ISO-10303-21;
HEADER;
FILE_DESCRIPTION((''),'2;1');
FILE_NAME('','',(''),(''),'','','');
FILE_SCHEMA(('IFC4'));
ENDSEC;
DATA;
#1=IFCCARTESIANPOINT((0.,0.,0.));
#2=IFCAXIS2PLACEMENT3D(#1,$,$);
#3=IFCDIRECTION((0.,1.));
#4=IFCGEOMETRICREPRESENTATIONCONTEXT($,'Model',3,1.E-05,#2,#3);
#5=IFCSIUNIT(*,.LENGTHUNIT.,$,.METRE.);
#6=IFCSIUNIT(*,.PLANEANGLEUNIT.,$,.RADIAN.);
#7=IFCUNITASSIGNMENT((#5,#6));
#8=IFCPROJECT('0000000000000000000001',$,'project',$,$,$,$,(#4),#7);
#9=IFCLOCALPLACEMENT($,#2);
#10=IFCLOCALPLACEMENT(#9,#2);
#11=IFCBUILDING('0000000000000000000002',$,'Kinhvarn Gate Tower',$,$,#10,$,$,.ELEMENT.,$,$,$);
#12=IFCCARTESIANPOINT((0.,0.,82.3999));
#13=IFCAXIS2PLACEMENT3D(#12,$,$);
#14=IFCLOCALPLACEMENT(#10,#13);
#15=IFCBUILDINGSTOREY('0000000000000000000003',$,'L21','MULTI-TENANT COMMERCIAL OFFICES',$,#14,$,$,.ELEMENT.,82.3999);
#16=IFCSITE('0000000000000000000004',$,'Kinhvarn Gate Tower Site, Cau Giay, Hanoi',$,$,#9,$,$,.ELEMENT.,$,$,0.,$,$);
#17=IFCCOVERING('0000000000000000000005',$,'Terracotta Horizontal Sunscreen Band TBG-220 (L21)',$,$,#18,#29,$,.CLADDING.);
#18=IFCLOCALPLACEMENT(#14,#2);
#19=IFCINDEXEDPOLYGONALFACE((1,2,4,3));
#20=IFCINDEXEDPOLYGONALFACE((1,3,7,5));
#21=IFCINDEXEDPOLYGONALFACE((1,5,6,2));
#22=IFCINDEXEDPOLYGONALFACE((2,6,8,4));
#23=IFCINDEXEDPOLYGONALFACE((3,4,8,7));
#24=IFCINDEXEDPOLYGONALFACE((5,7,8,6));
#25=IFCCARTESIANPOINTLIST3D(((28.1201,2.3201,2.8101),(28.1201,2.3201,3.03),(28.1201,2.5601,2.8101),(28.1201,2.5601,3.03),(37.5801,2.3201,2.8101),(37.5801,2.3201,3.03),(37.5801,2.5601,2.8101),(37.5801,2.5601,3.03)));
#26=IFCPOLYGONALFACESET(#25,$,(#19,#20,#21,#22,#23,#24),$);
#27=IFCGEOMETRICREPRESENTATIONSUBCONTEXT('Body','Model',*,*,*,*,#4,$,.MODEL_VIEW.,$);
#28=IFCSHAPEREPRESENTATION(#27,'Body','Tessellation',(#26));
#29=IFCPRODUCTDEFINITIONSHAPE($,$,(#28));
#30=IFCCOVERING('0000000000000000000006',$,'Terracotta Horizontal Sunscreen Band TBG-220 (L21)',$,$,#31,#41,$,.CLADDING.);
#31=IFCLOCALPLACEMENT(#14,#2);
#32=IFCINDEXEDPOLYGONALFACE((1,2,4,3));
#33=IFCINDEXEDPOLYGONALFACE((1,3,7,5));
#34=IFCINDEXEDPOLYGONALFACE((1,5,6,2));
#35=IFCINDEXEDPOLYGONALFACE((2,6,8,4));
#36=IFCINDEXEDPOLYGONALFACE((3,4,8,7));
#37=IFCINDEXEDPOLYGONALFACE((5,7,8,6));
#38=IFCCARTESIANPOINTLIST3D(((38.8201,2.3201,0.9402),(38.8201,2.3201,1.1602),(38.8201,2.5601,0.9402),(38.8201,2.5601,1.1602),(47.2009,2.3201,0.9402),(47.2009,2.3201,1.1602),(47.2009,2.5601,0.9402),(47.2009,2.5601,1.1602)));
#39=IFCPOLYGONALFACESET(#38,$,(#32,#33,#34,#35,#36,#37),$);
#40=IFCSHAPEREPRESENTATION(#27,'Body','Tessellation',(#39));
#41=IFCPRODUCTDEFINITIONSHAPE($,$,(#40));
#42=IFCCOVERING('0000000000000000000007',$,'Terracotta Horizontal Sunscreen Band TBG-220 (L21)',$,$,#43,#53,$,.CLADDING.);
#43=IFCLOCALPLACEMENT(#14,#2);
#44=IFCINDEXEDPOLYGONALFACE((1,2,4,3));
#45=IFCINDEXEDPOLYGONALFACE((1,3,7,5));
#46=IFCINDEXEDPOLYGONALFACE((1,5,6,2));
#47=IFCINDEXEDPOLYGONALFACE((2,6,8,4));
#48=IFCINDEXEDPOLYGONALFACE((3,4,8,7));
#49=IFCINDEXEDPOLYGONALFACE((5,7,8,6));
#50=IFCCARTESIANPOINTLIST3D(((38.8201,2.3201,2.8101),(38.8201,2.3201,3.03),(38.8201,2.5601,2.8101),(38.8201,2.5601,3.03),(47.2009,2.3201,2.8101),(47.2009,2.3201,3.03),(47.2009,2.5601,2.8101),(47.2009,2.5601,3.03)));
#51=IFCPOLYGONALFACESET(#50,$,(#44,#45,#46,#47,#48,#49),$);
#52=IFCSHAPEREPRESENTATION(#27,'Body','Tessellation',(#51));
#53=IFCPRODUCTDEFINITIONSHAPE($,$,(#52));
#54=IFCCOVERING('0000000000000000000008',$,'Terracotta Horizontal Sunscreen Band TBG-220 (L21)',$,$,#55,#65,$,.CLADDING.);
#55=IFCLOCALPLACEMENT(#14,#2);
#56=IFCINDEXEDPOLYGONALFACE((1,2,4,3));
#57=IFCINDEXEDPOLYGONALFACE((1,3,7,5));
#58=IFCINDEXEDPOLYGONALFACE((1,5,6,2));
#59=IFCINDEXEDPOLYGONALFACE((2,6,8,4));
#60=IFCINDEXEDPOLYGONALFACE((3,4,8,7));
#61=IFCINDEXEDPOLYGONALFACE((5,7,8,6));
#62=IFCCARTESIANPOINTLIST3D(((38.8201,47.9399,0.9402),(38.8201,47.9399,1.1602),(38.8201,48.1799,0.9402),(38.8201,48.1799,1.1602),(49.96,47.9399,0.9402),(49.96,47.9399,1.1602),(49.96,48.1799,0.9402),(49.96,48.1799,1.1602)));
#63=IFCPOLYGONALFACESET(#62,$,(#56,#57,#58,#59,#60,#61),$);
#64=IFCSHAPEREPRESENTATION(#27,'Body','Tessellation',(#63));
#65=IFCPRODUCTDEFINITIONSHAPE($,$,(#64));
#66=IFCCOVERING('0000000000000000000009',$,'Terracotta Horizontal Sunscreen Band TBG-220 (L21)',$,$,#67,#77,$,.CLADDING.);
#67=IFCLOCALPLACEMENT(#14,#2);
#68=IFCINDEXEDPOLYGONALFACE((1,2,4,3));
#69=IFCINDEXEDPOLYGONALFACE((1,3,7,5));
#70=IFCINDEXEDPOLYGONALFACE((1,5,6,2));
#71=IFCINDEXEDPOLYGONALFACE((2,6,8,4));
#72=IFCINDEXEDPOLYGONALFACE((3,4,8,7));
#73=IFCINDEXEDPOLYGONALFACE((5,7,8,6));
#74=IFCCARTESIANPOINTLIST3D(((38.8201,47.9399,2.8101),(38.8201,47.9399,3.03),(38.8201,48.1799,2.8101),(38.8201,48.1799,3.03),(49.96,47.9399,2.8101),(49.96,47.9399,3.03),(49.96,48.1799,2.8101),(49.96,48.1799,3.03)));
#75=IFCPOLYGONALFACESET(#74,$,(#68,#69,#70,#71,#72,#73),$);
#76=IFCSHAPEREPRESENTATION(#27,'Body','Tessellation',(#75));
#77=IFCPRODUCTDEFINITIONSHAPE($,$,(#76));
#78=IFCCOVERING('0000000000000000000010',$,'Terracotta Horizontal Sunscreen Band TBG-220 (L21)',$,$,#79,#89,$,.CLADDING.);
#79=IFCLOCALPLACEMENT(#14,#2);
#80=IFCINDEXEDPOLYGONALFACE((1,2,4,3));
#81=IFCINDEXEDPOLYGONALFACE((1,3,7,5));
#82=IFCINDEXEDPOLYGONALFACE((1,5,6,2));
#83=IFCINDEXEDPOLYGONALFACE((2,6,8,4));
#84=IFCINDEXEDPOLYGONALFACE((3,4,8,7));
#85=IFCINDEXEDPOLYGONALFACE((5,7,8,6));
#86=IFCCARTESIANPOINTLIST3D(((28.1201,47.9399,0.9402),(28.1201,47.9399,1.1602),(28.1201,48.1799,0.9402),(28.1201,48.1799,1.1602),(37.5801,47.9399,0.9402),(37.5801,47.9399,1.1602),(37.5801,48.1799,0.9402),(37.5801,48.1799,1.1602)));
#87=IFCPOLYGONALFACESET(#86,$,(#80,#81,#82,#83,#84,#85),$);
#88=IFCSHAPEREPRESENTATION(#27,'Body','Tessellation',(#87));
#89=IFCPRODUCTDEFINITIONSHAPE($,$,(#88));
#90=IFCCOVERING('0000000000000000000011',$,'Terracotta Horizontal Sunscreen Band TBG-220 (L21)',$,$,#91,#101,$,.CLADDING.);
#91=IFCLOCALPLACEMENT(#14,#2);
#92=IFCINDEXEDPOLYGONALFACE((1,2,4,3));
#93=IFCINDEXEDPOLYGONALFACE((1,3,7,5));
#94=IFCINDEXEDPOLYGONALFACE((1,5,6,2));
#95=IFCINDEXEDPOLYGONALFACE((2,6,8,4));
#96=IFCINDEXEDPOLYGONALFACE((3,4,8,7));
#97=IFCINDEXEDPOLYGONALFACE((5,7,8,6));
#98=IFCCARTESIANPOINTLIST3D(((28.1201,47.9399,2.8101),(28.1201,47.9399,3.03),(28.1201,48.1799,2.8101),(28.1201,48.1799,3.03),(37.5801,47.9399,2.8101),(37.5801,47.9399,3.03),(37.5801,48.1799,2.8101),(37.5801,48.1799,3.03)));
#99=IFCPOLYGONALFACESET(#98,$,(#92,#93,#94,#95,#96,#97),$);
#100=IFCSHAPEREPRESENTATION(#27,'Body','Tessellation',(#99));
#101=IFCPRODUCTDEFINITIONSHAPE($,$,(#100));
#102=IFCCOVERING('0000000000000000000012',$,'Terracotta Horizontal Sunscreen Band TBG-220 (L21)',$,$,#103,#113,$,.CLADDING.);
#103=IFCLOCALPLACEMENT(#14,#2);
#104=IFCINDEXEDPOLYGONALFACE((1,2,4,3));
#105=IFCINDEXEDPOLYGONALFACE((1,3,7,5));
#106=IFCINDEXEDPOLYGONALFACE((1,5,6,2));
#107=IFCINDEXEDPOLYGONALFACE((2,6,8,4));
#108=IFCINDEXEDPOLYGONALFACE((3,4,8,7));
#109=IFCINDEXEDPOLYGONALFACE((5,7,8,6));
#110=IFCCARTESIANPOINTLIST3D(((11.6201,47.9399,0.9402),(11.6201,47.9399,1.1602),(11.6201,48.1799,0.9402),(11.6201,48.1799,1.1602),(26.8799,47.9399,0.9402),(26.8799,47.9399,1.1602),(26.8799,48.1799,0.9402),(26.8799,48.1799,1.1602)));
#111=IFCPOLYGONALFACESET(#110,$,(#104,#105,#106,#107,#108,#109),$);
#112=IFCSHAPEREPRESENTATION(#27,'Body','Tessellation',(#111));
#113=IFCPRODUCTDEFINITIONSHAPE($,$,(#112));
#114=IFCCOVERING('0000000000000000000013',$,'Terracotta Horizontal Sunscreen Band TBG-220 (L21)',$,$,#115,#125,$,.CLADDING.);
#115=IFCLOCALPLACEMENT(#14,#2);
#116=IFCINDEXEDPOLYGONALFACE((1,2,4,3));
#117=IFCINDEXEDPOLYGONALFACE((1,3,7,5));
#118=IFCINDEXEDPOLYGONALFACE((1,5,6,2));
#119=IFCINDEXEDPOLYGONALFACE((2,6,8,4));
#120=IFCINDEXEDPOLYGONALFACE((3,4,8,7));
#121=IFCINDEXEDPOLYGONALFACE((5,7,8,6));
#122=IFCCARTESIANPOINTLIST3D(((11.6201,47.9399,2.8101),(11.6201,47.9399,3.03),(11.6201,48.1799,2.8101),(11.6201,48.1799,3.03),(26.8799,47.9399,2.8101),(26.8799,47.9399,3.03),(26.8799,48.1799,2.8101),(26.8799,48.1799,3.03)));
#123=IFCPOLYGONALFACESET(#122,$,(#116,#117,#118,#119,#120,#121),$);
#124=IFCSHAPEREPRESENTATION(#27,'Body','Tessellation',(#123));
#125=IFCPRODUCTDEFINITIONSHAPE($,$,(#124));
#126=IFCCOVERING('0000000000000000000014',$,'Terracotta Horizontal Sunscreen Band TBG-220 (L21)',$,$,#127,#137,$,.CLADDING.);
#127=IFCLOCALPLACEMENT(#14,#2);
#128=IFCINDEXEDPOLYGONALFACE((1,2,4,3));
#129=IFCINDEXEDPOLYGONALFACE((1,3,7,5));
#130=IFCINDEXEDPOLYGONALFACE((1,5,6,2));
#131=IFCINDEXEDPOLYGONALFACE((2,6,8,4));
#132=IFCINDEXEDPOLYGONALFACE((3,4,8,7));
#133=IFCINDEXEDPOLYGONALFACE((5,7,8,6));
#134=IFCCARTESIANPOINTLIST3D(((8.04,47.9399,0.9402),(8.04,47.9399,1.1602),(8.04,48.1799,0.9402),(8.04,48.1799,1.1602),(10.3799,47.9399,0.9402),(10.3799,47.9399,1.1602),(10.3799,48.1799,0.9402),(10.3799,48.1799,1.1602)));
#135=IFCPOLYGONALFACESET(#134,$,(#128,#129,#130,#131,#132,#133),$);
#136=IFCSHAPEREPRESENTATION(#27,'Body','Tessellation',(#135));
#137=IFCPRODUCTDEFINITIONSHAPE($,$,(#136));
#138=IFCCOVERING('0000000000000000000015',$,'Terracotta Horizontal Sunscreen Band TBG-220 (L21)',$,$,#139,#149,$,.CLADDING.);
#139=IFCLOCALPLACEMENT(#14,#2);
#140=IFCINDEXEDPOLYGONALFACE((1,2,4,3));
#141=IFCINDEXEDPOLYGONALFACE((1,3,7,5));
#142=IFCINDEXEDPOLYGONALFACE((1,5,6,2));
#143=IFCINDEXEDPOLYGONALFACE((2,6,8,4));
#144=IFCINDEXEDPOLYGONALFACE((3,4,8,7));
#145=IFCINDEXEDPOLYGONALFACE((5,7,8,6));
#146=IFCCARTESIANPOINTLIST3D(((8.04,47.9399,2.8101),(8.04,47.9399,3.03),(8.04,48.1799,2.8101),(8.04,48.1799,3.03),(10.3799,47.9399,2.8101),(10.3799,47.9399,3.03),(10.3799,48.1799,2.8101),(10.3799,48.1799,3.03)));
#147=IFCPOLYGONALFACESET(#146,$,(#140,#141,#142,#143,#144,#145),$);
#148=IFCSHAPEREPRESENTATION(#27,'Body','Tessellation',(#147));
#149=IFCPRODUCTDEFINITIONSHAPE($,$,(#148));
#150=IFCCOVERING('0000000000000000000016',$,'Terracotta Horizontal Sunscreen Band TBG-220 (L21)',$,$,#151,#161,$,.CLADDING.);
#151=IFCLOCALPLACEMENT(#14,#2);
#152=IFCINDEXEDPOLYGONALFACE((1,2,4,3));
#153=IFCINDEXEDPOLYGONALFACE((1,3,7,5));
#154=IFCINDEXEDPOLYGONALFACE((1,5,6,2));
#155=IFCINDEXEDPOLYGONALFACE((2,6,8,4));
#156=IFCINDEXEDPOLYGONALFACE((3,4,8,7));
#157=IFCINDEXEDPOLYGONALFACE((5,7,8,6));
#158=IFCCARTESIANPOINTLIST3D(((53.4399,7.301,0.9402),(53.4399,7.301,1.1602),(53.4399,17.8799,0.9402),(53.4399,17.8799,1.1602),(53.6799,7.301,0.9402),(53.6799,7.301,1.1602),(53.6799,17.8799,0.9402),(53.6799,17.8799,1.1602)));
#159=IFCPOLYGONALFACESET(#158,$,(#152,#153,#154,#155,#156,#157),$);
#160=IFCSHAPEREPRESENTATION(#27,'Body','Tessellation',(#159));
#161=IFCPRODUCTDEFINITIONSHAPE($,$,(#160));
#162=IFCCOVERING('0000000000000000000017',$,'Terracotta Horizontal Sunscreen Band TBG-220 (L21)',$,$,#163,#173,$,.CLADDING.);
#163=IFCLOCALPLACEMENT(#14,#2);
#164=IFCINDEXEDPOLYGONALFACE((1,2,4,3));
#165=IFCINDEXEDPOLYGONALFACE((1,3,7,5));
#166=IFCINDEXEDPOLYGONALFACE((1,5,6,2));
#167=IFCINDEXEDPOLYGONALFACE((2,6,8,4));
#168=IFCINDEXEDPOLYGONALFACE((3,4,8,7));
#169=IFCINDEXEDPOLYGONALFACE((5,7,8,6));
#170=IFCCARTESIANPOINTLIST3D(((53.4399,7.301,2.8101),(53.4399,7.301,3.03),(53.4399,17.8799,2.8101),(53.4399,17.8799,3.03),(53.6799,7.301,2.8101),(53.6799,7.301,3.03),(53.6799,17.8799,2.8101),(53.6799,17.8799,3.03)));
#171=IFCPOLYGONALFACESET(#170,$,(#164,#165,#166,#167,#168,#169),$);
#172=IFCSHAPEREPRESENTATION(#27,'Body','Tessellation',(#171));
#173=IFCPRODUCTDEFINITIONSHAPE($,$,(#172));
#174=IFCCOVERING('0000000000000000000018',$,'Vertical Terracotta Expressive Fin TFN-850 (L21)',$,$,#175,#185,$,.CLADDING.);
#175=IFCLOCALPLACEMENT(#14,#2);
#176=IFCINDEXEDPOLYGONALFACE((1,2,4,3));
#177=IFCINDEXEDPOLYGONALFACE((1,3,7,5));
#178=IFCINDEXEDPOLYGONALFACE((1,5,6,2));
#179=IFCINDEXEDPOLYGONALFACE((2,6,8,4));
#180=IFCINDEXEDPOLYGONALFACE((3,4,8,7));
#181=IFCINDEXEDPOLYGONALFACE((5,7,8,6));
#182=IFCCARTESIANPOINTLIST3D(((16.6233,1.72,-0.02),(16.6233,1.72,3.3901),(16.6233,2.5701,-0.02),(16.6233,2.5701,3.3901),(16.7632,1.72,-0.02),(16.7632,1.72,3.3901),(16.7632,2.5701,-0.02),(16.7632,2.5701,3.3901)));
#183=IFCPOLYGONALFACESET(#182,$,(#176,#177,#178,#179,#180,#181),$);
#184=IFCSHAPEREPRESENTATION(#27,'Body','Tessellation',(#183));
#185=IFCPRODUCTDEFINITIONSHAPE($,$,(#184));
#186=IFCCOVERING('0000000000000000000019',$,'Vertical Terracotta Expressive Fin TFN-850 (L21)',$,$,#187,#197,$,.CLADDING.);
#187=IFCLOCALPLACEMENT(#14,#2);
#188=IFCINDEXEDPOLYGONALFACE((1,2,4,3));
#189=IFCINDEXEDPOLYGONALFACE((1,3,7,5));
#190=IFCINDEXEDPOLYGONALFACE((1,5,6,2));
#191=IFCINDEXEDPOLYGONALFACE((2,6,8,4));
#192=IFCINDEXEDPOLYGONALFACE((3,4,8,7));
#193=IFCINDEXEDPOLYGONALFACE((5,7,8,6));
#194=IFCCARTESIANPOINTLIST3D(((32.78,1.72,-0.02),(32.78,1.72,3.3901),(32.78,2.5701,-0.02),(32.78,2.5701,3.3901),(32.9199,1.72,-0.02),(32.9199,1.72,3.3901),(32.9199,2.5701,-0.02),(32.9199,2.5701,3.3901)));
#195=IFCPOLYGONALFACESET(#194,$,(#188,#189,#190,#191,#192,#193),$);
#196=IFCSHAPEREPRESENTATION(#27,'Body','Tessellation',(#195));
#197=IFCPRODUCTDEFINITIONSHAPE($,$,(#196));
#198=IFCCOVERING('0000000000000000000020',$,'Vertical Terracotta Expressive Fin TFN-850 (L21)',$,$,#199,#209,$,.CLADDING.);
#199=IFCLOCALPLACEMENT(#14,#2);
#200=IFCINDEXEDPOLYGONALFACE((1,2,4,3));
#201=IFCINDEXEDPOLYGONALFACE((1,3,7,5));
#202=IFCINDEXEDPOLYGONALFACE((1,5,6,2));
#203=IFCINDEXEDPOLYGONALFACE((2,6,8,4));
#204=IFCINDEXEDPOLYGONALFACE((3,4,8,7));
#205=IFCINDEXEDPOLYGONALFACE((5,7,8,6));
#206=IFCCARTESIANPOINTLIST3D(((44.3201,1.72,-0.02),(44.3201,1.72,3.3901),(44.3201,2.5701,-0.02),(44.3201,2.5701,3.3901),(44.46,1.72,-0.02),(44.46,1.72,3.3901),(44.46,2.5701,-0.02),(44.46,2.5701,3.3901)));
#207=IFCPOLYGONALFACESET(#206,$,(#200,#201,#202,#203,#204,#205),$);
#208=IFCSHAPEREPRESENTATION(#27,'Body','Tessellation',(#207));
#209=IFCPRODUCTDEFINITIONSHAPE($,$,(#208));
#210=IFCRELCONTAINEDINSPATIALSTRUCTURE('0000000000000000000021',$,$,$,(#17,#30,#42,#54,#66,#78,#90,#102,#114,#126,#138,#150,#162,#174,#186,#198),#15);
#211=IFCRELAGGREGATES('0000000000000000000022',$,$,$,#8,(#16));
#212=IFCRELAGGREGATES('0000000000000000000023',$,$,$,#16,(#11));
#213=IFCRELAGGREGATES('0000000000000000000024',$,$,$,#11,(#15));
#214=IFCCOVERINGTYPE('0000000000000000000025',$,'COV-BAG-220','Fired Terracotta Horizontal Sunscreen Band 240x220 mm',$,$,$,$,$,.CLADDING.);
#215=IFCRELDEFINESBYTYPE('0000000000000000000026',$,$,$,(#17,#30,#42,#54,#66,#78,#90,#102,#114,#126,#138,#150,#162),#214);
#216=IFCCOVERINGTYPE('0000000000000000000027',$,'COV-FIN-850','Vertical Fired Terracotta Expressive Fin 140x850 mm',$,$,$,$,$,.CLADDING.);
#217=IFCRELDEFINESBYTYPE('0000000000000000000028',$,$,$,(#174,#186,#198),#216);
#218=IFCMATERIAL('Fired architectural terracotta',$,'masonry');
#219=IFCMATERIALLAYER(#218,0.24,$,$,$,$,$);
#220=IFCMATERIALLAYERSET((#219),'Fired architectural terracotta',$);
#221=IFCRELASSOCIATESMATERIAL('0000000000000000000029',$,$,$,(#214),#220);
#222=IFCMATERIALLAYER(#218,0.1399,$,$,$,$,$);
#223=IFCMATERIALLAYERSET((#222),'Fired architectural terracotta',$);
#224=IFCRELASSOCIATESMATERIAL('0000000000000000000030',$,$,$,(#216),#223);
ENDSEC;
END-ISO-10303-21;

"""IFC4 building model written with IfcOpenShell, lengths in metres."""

from ifc_helpers import new_model, si_unit, direction, frame, origin, place, context, subcontext, project, spatial, polyline, outline, extrude, material, layer, layer_set, type_object, element, save


model = new_model("IFC4")

# Units and contexts
model_context = context("Model", 3, precision=1e-05, world=origin(), true_north=direction((0.0, 1.0)))
body_context = subcontext(model_context, "Body", "Model", "MODEL_VIEW")
ifc_project = project(units=[si_unit("LENGTHUNIT", "METRE"), si_unit("PLANEANGLEUNIT", "RADIAN")], contexts=[model_context])

# Site, building, storey
site_placement = place(None, origin())
site = spatial("IfcSite", under=ifc_project, at=site_placement, Name="Kinhvarn Gate Tower Site, Cau Giay, Hanoi", CompositionType="ELEMENT", RefElevation=0.0)
building_placement = place(site_placement, origin())
building = spatial("IfcBuilding", under=site, at=building_placement, Name="Kinhvarn Gate Tower", CompositionType="ELEMENT")
storey_placement = place(building_placement, frame((0.0, 0.0, 82.3999)))
storey = spatial("IfcBuildingStorey", under=building, at=storey_placement, Name="L21", Description="MULTI-TENANT COMMERCIAL OFFICES", CompositionType="ELEMENT", Elevation=82.3999)

# Coverings
ifc_material_1 = material(Name="Fired architectural terracotta", Category="masonry")
ifc_layer_1 = layer(ifc_material_1, 0.24)
ifc_layer_set_1 = layer_set([ifc_layer_1], Name="Fired architectural terracotta")
covering_type_1 = type_object("IfcCoveringType", Name="COV-BAG-220", Description="Fired Terracotta Horizontal Sunscreen Band 240x220 mm", PredefinedType="CLADDING", material=ifc_layer_set_1)
for number, where, name in (
    (1, (0.0, 0.0, 2.8101), "Terracotta Horizontal Sunscreen Band TBG-220 (L21)"),
):
    element("IfcCovering", number, at=place(storey_placement, frame(where)), inside=storey, type_object=covering_type_1, Name=name, PredefinedType="CLADDING", context=body_context, shape_type="SweptSolid", body=[
        extrude(outline(polyline([(28.1201, 2.5601), (37.5801, 2.5601), (37.5801, 2.3201), (28.1201, 2.3201), (28.1201, 2.5601)])), origin(), (0.0, 0.0, 1.0), 0.22),
    ])
for number, where, name in (
    (2, (0.0, 0.0, 0.9402), "Terracotta Horizontal Sunscreen Band TBG-220 (L21)"),
    (3, (0.0, 0.0, 2.8101), "Terracotta Horizontal Sunscreen Band TBG-220 (L21)"),
):
    element("IfcCovering", number, at=place(storey_placement, frame(where)), inside=storey, type_object=covering_type_1, Name=name, PredefinedType="CLADDING", context=body_context, shape_type="SweptSolid", body=[
        extrude(outline(polyline([(38.8201, 2.5601), (47.2009, 2.5601), (47.2009, 2.3201), (38.8201, 2.3201), (38.8201, 2.5601)])), origin(), (0.0, 0.0, 1.0), 0.22),
    ])
for number, where, name in (
    (4, (0.0, 0.0, 0.9402), "Terracotta Horizontal Sunscreen Band TBG-220 (L21)"),
    (5, (0.0, 0.0, 2.8101), "Terracotta Horizontal Sunscreen Band TBG-220 (L21)"),
):
    element("IfcCovering", number, at=place(storey_placement, frame(where)), inside=storey, type_object=covering_type_1, Name=name, PredefinedType="CLADDING", context=body_context, shape_type="SweptSolid", body=[
        extrude(outline(polyline([(49.96, 47.9399), (38.8201, 47.9399), (38.8201, 48.1799), (49.96, 48.1799), (49.96, 47.9399)])), origin(), (0.0, 0.0, 1.0), 0.22),
    ])
for number, where, name in (
    (6, (0.0, 0.0, 0.9402), "Terracotta Horizontal Sunscreen Band TBG-220 (L21)"),
    (7, (0.0, 0.0, 2.8101), "Terracotta Horizontal Sunscreen Band TBG-220 (L21)"),
):
    element("IfcCovering", number, at=place(storey_placement, frame(where)), inside=storey, type_object=covering_type_1, Name=name, PredefinedType="CLADDING", context=body_context, shape_type="SweptSolid", body=[
        extrude(outline(polyline([(37.5801, 47.9399), (28.1201, 47.9399), (28.1201, 48.1799), (37.5801, 48.1799), (37.5801, 47.9399)])), origin(), (0.0, 0.0, 1.0), 0.22),
    ])
for number, where, name in (
    (8, (0.0, 0.0, 0.9402), "Terracotta Horizontal Sunscreen Band TBG-220 (L21)"),
    (9, (0.0, 0.0, 2.8101), "Terracotta Horizontal Sunscreen Band TBG-220 (L21)"),
):
    element("IfcCovering", number, at=place(storey_placement, frame(where)), inside=storey, type_object=covering_type_1, Name=name, PredefinedType="CLADDING", context=body_context, shape_type="SweptSolid", body=[
        extrude(outline(polyline([(26.8799, 47.9399), (11.6201, 47.9399), (11.6201, 48.1799), (26.8799, 48.1799), (26.8799, 47.9399)])), origin(), (0.0, 0.0, 1.0), 0.22),
    ])
for number, where, name in (
    (10, (0.0, 0.0, 0.9402), "Terracotta Horizontal Sunscreen Band TBG-220 (L21)"),
    (11, (0.0, 0.0, 2.8101), "Terracotta Horizontal Sunscreen Band TBG-220 (L21)"),
):
    element("IfcCovering", number, at=place(storey_placement, frame(where)), inside=storey, type_object=covering_type_1, Name=name, PredefinedType="CLADDING", context=body_context, shape_type="SweptSolid", body=[
        extrude(outline(polyline([(10.3799, 47.9399), (8.04, 47.9399), (8.04, 48.1799), (10.3799, 48.1799), (10.3799, 47.9399)])), origin(), (0.0, 0.0, 1.0), 0.22),
    ])
for number, where, name in (
    (12, (0.0, 0.0, 0.9402), "Terracotta Horizontal Sunscreen Band TBG-220 (L21)"),
    (13, (0.0, 0.0, 2.8101), "Terracotta Horizontal Sunscreen Band TBG-220 (L21)"),
):
    element("IfcCovering", number, at=place(storey_placement, frame(where)), inside=storey, type_object=covering_type_1, Name=name, PredefinedType="CLADDING", context=body_context, shape_type="SweptSolid", body=[
        extrude(outline(polyline([(53.4399, 7.301), (53.4399, 17.8799), (53.6799, 17.8799), (53.6799, 7.301), (53.4399, 7.301)])), origin(), (0.0, 0.0, 1.0), 0.22),
    ])
ifc_layer_2 = layer(ifc_material_1, 0.1399)
ifc_layer_set_2 = layer_set([ifc_layer_2], Name="Fired architectural terracotta")
covering_type_2 = type_object("IfcCoveringType", Name="COV-FIN-850", Description="Vertical Fired Terracotta Expressive Fin 140x850 mm", PredefinedType="CLADDING", material=ifc_layer_set_2)
covering_1_placement = place(storey_placement, frame((0.0, 0.0, -0.02)))
element("IfcCovering", 14, at=covering_1_placement, inside=storey, type_object=covering_type_2, Name="Vertical Terracotta Expressive Fin TFN-850 (L21)", PredefinedType="CLADDING", context=body_context, shape_type="SweptSolid", body=[
    extrude(outline(polyline([(16.6233, 2.5701), (16.7632, 2.5701), (16.7632, 1.72), (16.6233, 1.72), (16.6233, 2.5701)])), origin(), (0.0, 0.0, 1.0), 3.4102),
])
covering_2_placement = place(storey_placement, frame((0.0, 0.0, -0.02)))
element("IfcCovering", 15, at=covering_2_placement, inside=storey, type_object=covering_type_2, Name="Vertical Terracotta Expressive Fin TFN-850 (L21)", PredefinedType="CLADDING", context=body_context, shape_type="SweptSolid", body=[
    extrude(outline(polyline([(32.78, 2.5701), (32.9199, 2.5701), (32.9199, 1.72), (32.78, 1.72), (32.78, 2.5701)])), origin(), (0.0, 0.0, 1.0), 3.4102),
])
covering_3_placement = place(storey_placement, frame((0.0, 0.0, -0.02)))
element("IfcCovering", 16, at=covering_3_placement, inside=storey, type_object=covering_type_2, Name="Vertical Terracotta Expressive Fin TFN-850 (L21)", PredefinedType="CLADDING", context=body_context, shape_type="SweptSolid", body=[
    extrude(outline(polyline([(44.3201, 2.5701), (44.46, 2.5701), (44.46, 1.72), (44.3201, 1.72), (44.3201, 2.5701)])), origin(), (0.0, 0.0, 1.0), 3.4102),
])

save(model, "model.ifc")
